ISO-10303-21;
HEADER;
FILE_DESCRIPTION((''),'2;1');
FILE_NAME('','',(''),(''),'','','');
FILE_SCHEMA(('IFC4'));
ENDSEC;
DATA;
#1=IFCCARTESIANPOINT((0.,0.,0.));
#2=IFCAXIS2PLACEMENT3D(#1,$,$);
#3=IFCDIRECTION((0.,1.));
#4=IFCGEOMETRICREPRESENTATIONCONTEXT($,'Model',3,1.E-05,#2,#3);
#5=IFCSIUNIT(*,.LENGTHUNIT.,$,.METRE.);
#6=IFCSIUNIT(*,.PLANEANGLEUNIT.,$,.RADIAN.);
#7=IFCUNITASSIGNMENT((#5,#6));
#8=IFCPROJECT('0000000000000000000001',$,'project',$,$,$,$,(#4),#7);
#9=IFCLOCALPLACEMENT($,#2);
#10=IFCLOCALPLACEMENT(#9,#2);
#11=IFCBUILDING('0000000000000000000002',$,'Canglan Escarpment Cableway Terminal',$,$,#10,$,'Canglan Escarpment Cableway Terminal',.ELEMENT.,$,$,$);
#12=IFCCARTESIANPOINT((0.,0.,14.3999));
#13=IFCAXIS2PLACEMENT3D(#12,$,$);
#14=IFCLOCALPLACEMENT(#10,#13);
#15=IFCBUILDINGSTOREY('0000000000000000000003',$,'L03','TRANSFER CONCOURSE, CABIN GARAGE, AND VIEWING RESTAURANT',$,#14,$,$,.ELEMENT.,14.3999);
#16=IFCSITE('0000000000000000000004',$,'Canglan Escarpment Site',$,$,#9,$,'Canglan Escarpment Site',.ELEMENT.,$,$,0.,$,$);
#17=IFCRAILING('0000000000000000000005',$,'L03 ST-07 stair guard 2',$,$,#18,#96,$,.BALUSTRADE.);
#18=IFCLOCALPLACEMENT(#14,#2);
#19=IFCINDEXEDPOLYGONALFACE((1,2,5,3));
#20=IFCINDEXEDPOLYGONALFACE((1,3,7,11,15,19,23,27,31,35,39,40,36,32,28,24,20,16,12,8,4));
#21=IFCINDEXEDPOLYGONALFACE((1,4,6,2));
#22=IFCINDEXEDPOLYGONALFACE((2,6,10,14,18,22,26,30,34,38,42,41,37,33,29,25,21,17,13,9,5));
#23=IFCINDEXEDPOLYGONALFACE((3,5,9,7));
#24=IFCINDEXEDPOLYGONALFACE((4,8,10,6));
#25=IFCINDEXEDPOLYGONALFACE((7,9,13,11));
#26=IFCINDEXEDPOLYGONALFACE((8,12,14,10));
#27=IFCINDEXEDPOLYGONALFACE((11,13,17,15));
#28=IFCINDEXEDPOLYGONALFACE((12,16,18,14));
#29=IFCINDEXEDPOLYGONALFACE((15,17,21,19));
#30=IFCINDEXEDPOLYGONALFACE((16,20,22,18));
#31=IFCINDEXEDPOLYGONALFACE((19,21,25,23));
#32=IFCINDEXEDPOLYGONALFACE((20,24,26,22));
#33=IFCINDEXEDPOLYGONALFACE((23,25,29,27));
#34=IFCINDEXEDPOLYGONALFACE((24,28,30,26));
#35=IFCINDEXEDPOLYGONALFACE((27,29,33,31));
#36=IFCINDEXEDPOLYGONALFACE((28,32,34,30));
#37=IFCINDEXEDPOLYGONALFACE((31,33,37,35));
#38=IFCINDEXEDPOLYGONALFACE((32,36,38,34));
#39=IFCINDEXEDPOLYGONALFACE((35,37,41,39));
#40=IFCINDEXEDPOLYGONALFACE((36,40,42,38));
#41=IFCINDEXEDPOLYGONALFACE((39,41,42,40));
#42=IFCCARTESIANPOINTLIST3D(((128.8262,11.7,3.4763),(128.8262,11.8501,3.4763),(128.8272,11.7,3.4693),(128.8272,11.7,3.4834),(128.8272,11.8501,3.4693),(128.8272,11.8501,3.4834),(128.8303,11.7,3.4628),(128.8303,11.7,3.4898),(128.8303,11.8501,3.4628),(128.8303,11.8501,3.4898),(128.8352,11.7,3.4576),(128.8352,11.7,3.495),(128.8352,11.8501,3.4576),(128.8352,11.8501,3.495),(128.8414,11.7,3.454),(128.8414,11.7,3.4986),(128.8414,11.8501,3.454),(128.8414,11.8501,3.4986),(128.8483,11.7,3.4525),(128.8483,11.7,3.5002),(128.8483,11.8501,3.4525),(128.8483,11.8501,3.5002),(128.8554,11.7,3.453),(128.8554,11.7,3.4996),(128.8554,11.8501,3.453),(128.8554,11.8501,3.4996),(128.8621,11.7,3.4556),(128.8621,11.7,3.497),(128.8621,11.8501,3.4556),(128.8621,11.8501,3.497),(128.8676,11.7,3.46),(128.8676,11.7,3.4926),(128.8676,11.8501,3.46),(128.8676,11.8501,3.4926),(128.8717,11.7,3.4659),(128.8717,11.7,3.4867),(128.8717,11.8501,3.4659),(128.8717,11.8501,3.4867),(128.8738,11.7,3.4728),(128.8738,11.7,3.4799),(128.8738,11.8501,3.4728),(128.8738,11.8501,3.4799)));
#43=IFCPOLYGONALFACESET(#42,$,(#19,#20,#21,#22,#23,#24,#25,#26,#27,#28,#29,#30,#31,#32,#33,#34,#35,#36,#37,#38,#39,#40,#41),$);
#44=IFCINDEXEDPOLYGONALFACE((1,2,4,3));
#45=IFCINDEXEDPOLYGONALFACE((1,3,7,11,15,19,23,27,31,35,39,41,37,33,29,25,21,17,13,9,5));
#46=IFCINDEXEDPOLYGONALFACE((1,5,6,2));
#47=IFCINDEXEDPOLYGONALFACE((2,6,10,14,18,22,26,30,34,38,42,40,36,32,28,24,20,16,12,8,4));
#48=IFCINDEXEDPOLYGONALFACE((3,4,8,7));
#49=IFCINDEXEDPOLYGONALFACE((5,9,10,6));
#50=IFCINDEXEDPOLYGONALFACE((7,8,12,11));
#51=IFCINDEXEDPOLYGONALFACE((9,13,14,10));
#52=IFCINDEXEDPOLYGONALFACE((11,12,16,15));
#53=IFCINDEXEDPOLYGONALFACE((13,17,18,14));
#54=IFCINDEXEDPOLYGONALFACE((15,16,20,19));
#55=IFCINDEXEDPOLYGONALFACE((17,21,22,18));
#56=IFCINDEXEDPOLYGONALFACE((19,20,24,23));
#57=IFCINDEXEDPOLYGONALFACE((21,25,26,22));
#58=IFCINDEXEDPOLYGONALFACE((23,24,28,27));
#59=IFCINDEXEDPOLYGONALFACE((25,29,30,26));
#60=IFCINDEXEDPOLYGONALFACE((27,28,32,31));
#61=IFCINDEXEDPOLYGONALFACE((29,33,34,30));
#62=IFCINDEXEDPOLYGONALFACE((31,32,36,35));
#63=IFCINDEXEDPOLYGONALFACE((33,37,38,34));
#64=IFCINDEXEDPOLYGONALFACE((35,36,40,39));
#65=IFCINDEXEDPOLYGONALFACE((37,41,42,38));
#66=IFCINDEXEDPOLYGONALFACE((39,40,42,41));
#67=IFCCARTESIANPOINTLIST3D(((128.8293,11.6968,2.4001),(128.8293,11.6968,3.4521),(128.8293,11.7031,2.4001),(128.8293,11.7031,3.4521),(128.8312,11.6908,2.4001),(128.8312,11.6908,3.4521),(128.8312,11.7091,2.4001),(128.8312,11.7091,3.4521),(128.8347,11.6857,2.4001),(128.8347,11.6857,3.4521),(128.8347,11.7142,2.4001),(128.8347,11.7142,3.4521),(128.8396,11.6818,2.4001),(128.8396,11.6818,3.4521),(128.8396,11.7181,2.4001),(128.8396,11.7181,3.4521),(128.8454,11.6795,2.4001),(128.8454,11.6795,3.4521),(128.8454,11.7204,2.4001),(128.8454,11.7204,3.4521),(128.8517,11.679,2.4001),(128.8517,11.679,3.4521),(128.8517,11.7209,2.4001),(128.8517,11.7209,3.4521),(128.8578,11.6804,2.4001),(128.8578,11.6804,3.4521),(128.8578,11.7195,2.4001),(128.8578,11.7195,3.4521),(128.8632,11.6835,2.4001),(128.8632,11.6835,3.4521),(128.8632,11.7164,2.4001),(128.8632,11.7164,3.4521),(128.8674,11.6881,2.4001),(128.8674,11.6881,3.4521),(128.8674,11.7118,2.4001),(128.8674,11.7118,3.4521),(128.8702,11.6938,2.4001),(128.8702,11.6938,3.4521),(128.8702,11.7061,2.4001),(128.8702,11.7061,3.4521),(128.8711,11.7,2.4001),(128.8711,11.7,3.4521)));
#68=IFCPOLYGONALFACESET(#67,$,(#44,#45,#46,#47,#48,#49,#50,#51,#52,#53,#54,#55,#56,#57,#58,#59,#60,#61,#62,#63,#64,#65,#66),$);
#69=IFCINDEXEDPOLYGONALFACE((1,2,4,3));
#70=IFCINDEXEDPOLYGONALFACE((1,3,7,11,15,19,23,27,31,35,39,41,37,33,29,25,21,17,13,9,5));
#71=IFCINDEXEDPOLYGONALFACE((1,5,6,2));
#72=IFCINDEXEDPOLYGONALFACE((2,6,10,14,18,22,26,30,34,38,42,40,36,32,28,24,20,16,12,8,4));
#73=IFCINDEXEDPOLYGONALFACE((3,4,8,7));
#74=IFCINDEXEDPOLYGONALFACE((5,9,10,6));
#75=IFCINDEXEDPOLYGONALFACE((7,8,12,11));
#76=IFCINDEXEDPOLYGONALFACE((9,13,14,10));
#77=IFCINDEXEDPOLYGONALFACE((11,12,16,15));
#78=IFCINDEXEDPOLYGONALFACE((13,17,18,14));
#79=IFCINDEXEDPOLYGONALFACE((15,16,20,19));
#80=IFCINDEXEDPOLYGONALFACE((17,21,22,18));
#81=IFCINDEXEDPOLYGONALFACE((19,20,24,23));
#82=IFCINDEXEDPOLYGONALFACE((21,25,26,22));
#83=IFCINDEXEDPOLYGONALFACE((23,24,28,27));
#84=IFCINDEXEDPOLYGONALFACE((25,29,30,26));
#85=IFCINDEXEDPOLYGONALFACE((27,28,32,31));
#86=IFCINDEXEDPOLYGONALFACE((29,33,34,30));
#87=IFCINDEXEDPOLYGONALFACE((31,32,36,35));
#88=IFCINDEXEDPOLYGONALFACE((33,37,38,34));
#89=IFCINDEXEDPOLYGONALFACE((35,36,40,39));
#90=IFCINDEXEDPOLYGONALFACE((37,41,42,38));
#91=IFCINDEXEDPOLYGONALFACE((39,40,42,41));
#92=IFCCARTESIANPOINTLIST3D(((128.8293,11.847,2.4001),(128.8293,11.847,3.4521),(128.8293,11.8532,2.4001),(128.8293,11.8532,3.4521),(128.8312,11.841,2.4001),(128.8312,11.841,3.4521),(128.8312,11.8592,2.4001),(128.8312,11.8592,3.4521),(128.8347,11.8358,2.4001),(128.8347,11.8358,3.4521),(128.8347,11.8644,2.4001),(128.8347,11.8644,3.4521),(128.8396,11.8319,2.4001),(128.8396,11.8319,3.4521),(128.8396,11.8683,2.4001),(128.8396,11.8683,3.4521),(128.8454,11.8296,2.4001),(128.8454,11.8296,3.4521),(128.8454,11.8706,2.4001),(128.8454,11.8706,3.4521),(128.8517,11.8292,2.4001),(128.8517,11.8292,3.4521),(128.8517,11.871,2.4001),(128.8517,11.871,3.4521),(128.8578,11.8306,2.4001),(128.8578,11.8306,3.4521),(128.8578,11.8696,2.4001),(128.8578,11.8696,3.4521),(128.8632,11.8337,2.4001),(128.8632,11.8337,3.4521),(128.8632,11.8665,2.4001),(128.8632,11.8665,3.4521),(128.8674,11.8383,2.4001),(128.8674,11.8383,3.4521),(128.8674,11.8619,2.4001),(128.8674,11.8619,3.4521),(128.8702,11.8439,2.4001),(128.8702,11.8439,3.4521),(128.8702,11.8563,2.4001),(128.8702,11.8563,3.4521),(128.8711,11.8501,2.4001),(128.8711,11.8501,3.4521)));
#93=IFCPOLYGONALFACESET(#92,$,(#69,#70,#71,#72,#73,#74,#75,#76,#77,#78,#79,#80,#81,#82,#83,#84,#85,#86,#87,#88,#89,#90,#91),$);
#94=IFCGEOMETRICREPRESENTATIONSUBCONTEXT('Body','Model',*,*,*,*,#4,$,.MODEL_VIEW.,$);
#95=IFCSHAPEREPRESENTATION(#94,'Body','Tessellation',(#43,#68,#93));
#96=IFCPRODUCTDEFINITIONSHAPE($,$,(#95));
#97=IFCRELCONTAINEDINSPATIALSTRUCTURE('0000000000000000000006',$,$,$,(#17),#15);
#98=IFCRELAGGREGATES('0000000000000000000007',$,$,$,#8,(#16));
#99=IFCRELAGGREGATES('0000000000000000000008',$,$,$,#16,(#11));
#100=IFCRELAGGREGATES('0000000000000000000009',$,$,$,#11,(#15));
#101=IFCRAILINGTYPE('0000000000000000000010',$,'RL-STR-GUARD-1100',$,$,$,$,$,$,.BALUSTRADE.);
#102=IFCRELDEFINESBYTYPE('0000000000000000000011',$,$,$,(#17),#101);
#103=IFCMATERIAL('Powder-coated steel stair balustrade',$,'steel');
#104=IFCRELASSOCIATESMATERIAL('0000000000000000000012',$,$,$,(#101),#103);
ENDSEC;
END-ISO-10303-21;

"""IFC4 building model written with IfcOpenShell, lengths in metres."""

from ifc_helpers import new_model, si_unit, direction, frame, origin, origin_2d, place, context, subcontext, project, spatial, circle, extrude, material, type_object, element, save


model = new_model("IFC4")

# Units and contexts
model_context = context("Model", 3, precision=1e-05, world=origin(), true_north=direction((0.0, 1.0)))
body_context = subcontext(model_context, "Body", "Model", "MODEL_VIEW")
ifc_project = project(units=[si_unit("LENGTHUNIT", "METRE"), si_unit("PLANEANGLEUNIT", "RADIAN")], contexts=[model_context])

# Site, building, storey
site_placement = place(None, origin())
site = spatial("IfcSite", under=ifc_project, at=site_placement, Name="Canglan Escarpment Site", LongName="Canglan Escarpment Site", CompositionType="ELEMENT", RefElevation=0.0)
building_placement = place(site_placement, origin())
building = spatial("IfcBuilding", under=site, at=building_placement, Name="Canglan Escarpment Cableway Terminal", LongName="Canglan Escarpment Cableway Terminal", CompositionType="ELEMENT")
storey_placement = place(building_placement, frame((0.0, 0.0, 14.3999)))
storey = spatial("IfcBuildingStorey", under=building, at=storey_placement, Name="L03", Description="TRANSFER CONCOURSE, CABIN GARAGE, AND VIEWING RESTAURANT", CompositionType="ELEMENT", Elevation=14.3999)

# Railing
ifc_material_1 = material(Name="Powder-coated steel stair balustrade", Category="steel")
railing_type_1 = type_object("IfcRailingType", Name="RL-STR-GUARD-1100", PredefinedType="BALUSTRADE", material=ifc_material_1)
railing_1_placement = place(storey_placement, frame((128.8501, 11.7, 2.4001)))
element("IfcRailing", 1, at=railing_1_placement, inside=storey, type_object=railing_type_1, Name="L03 ST-07 stair guard 2", PredefinedType="BALUSTRADE", context=body_context, shape_type="SweptSolid", body=[
    extrude(circle(Radius=0.0239, at=origin_2d()), frame((0.0, 0.0, 1.0762), z_axis=(0.0, 1.0, 0.0), x_axis=(-1.0, 0.0, 0.0)), (0.0, 0.0, 1.0), 0.1501),
    extrude(circle(Radius=0.021, at=origin_2d()), origin(), (0.0, 0.0, 1.0), 1.052),
    extrude(circle(Radius=0.021, at=origin_2d()), frame((0.0, 0.1501, 0.0)), (0.0, 0.0, 1.0), 1.052),
])

save(model, "model.ifc")
